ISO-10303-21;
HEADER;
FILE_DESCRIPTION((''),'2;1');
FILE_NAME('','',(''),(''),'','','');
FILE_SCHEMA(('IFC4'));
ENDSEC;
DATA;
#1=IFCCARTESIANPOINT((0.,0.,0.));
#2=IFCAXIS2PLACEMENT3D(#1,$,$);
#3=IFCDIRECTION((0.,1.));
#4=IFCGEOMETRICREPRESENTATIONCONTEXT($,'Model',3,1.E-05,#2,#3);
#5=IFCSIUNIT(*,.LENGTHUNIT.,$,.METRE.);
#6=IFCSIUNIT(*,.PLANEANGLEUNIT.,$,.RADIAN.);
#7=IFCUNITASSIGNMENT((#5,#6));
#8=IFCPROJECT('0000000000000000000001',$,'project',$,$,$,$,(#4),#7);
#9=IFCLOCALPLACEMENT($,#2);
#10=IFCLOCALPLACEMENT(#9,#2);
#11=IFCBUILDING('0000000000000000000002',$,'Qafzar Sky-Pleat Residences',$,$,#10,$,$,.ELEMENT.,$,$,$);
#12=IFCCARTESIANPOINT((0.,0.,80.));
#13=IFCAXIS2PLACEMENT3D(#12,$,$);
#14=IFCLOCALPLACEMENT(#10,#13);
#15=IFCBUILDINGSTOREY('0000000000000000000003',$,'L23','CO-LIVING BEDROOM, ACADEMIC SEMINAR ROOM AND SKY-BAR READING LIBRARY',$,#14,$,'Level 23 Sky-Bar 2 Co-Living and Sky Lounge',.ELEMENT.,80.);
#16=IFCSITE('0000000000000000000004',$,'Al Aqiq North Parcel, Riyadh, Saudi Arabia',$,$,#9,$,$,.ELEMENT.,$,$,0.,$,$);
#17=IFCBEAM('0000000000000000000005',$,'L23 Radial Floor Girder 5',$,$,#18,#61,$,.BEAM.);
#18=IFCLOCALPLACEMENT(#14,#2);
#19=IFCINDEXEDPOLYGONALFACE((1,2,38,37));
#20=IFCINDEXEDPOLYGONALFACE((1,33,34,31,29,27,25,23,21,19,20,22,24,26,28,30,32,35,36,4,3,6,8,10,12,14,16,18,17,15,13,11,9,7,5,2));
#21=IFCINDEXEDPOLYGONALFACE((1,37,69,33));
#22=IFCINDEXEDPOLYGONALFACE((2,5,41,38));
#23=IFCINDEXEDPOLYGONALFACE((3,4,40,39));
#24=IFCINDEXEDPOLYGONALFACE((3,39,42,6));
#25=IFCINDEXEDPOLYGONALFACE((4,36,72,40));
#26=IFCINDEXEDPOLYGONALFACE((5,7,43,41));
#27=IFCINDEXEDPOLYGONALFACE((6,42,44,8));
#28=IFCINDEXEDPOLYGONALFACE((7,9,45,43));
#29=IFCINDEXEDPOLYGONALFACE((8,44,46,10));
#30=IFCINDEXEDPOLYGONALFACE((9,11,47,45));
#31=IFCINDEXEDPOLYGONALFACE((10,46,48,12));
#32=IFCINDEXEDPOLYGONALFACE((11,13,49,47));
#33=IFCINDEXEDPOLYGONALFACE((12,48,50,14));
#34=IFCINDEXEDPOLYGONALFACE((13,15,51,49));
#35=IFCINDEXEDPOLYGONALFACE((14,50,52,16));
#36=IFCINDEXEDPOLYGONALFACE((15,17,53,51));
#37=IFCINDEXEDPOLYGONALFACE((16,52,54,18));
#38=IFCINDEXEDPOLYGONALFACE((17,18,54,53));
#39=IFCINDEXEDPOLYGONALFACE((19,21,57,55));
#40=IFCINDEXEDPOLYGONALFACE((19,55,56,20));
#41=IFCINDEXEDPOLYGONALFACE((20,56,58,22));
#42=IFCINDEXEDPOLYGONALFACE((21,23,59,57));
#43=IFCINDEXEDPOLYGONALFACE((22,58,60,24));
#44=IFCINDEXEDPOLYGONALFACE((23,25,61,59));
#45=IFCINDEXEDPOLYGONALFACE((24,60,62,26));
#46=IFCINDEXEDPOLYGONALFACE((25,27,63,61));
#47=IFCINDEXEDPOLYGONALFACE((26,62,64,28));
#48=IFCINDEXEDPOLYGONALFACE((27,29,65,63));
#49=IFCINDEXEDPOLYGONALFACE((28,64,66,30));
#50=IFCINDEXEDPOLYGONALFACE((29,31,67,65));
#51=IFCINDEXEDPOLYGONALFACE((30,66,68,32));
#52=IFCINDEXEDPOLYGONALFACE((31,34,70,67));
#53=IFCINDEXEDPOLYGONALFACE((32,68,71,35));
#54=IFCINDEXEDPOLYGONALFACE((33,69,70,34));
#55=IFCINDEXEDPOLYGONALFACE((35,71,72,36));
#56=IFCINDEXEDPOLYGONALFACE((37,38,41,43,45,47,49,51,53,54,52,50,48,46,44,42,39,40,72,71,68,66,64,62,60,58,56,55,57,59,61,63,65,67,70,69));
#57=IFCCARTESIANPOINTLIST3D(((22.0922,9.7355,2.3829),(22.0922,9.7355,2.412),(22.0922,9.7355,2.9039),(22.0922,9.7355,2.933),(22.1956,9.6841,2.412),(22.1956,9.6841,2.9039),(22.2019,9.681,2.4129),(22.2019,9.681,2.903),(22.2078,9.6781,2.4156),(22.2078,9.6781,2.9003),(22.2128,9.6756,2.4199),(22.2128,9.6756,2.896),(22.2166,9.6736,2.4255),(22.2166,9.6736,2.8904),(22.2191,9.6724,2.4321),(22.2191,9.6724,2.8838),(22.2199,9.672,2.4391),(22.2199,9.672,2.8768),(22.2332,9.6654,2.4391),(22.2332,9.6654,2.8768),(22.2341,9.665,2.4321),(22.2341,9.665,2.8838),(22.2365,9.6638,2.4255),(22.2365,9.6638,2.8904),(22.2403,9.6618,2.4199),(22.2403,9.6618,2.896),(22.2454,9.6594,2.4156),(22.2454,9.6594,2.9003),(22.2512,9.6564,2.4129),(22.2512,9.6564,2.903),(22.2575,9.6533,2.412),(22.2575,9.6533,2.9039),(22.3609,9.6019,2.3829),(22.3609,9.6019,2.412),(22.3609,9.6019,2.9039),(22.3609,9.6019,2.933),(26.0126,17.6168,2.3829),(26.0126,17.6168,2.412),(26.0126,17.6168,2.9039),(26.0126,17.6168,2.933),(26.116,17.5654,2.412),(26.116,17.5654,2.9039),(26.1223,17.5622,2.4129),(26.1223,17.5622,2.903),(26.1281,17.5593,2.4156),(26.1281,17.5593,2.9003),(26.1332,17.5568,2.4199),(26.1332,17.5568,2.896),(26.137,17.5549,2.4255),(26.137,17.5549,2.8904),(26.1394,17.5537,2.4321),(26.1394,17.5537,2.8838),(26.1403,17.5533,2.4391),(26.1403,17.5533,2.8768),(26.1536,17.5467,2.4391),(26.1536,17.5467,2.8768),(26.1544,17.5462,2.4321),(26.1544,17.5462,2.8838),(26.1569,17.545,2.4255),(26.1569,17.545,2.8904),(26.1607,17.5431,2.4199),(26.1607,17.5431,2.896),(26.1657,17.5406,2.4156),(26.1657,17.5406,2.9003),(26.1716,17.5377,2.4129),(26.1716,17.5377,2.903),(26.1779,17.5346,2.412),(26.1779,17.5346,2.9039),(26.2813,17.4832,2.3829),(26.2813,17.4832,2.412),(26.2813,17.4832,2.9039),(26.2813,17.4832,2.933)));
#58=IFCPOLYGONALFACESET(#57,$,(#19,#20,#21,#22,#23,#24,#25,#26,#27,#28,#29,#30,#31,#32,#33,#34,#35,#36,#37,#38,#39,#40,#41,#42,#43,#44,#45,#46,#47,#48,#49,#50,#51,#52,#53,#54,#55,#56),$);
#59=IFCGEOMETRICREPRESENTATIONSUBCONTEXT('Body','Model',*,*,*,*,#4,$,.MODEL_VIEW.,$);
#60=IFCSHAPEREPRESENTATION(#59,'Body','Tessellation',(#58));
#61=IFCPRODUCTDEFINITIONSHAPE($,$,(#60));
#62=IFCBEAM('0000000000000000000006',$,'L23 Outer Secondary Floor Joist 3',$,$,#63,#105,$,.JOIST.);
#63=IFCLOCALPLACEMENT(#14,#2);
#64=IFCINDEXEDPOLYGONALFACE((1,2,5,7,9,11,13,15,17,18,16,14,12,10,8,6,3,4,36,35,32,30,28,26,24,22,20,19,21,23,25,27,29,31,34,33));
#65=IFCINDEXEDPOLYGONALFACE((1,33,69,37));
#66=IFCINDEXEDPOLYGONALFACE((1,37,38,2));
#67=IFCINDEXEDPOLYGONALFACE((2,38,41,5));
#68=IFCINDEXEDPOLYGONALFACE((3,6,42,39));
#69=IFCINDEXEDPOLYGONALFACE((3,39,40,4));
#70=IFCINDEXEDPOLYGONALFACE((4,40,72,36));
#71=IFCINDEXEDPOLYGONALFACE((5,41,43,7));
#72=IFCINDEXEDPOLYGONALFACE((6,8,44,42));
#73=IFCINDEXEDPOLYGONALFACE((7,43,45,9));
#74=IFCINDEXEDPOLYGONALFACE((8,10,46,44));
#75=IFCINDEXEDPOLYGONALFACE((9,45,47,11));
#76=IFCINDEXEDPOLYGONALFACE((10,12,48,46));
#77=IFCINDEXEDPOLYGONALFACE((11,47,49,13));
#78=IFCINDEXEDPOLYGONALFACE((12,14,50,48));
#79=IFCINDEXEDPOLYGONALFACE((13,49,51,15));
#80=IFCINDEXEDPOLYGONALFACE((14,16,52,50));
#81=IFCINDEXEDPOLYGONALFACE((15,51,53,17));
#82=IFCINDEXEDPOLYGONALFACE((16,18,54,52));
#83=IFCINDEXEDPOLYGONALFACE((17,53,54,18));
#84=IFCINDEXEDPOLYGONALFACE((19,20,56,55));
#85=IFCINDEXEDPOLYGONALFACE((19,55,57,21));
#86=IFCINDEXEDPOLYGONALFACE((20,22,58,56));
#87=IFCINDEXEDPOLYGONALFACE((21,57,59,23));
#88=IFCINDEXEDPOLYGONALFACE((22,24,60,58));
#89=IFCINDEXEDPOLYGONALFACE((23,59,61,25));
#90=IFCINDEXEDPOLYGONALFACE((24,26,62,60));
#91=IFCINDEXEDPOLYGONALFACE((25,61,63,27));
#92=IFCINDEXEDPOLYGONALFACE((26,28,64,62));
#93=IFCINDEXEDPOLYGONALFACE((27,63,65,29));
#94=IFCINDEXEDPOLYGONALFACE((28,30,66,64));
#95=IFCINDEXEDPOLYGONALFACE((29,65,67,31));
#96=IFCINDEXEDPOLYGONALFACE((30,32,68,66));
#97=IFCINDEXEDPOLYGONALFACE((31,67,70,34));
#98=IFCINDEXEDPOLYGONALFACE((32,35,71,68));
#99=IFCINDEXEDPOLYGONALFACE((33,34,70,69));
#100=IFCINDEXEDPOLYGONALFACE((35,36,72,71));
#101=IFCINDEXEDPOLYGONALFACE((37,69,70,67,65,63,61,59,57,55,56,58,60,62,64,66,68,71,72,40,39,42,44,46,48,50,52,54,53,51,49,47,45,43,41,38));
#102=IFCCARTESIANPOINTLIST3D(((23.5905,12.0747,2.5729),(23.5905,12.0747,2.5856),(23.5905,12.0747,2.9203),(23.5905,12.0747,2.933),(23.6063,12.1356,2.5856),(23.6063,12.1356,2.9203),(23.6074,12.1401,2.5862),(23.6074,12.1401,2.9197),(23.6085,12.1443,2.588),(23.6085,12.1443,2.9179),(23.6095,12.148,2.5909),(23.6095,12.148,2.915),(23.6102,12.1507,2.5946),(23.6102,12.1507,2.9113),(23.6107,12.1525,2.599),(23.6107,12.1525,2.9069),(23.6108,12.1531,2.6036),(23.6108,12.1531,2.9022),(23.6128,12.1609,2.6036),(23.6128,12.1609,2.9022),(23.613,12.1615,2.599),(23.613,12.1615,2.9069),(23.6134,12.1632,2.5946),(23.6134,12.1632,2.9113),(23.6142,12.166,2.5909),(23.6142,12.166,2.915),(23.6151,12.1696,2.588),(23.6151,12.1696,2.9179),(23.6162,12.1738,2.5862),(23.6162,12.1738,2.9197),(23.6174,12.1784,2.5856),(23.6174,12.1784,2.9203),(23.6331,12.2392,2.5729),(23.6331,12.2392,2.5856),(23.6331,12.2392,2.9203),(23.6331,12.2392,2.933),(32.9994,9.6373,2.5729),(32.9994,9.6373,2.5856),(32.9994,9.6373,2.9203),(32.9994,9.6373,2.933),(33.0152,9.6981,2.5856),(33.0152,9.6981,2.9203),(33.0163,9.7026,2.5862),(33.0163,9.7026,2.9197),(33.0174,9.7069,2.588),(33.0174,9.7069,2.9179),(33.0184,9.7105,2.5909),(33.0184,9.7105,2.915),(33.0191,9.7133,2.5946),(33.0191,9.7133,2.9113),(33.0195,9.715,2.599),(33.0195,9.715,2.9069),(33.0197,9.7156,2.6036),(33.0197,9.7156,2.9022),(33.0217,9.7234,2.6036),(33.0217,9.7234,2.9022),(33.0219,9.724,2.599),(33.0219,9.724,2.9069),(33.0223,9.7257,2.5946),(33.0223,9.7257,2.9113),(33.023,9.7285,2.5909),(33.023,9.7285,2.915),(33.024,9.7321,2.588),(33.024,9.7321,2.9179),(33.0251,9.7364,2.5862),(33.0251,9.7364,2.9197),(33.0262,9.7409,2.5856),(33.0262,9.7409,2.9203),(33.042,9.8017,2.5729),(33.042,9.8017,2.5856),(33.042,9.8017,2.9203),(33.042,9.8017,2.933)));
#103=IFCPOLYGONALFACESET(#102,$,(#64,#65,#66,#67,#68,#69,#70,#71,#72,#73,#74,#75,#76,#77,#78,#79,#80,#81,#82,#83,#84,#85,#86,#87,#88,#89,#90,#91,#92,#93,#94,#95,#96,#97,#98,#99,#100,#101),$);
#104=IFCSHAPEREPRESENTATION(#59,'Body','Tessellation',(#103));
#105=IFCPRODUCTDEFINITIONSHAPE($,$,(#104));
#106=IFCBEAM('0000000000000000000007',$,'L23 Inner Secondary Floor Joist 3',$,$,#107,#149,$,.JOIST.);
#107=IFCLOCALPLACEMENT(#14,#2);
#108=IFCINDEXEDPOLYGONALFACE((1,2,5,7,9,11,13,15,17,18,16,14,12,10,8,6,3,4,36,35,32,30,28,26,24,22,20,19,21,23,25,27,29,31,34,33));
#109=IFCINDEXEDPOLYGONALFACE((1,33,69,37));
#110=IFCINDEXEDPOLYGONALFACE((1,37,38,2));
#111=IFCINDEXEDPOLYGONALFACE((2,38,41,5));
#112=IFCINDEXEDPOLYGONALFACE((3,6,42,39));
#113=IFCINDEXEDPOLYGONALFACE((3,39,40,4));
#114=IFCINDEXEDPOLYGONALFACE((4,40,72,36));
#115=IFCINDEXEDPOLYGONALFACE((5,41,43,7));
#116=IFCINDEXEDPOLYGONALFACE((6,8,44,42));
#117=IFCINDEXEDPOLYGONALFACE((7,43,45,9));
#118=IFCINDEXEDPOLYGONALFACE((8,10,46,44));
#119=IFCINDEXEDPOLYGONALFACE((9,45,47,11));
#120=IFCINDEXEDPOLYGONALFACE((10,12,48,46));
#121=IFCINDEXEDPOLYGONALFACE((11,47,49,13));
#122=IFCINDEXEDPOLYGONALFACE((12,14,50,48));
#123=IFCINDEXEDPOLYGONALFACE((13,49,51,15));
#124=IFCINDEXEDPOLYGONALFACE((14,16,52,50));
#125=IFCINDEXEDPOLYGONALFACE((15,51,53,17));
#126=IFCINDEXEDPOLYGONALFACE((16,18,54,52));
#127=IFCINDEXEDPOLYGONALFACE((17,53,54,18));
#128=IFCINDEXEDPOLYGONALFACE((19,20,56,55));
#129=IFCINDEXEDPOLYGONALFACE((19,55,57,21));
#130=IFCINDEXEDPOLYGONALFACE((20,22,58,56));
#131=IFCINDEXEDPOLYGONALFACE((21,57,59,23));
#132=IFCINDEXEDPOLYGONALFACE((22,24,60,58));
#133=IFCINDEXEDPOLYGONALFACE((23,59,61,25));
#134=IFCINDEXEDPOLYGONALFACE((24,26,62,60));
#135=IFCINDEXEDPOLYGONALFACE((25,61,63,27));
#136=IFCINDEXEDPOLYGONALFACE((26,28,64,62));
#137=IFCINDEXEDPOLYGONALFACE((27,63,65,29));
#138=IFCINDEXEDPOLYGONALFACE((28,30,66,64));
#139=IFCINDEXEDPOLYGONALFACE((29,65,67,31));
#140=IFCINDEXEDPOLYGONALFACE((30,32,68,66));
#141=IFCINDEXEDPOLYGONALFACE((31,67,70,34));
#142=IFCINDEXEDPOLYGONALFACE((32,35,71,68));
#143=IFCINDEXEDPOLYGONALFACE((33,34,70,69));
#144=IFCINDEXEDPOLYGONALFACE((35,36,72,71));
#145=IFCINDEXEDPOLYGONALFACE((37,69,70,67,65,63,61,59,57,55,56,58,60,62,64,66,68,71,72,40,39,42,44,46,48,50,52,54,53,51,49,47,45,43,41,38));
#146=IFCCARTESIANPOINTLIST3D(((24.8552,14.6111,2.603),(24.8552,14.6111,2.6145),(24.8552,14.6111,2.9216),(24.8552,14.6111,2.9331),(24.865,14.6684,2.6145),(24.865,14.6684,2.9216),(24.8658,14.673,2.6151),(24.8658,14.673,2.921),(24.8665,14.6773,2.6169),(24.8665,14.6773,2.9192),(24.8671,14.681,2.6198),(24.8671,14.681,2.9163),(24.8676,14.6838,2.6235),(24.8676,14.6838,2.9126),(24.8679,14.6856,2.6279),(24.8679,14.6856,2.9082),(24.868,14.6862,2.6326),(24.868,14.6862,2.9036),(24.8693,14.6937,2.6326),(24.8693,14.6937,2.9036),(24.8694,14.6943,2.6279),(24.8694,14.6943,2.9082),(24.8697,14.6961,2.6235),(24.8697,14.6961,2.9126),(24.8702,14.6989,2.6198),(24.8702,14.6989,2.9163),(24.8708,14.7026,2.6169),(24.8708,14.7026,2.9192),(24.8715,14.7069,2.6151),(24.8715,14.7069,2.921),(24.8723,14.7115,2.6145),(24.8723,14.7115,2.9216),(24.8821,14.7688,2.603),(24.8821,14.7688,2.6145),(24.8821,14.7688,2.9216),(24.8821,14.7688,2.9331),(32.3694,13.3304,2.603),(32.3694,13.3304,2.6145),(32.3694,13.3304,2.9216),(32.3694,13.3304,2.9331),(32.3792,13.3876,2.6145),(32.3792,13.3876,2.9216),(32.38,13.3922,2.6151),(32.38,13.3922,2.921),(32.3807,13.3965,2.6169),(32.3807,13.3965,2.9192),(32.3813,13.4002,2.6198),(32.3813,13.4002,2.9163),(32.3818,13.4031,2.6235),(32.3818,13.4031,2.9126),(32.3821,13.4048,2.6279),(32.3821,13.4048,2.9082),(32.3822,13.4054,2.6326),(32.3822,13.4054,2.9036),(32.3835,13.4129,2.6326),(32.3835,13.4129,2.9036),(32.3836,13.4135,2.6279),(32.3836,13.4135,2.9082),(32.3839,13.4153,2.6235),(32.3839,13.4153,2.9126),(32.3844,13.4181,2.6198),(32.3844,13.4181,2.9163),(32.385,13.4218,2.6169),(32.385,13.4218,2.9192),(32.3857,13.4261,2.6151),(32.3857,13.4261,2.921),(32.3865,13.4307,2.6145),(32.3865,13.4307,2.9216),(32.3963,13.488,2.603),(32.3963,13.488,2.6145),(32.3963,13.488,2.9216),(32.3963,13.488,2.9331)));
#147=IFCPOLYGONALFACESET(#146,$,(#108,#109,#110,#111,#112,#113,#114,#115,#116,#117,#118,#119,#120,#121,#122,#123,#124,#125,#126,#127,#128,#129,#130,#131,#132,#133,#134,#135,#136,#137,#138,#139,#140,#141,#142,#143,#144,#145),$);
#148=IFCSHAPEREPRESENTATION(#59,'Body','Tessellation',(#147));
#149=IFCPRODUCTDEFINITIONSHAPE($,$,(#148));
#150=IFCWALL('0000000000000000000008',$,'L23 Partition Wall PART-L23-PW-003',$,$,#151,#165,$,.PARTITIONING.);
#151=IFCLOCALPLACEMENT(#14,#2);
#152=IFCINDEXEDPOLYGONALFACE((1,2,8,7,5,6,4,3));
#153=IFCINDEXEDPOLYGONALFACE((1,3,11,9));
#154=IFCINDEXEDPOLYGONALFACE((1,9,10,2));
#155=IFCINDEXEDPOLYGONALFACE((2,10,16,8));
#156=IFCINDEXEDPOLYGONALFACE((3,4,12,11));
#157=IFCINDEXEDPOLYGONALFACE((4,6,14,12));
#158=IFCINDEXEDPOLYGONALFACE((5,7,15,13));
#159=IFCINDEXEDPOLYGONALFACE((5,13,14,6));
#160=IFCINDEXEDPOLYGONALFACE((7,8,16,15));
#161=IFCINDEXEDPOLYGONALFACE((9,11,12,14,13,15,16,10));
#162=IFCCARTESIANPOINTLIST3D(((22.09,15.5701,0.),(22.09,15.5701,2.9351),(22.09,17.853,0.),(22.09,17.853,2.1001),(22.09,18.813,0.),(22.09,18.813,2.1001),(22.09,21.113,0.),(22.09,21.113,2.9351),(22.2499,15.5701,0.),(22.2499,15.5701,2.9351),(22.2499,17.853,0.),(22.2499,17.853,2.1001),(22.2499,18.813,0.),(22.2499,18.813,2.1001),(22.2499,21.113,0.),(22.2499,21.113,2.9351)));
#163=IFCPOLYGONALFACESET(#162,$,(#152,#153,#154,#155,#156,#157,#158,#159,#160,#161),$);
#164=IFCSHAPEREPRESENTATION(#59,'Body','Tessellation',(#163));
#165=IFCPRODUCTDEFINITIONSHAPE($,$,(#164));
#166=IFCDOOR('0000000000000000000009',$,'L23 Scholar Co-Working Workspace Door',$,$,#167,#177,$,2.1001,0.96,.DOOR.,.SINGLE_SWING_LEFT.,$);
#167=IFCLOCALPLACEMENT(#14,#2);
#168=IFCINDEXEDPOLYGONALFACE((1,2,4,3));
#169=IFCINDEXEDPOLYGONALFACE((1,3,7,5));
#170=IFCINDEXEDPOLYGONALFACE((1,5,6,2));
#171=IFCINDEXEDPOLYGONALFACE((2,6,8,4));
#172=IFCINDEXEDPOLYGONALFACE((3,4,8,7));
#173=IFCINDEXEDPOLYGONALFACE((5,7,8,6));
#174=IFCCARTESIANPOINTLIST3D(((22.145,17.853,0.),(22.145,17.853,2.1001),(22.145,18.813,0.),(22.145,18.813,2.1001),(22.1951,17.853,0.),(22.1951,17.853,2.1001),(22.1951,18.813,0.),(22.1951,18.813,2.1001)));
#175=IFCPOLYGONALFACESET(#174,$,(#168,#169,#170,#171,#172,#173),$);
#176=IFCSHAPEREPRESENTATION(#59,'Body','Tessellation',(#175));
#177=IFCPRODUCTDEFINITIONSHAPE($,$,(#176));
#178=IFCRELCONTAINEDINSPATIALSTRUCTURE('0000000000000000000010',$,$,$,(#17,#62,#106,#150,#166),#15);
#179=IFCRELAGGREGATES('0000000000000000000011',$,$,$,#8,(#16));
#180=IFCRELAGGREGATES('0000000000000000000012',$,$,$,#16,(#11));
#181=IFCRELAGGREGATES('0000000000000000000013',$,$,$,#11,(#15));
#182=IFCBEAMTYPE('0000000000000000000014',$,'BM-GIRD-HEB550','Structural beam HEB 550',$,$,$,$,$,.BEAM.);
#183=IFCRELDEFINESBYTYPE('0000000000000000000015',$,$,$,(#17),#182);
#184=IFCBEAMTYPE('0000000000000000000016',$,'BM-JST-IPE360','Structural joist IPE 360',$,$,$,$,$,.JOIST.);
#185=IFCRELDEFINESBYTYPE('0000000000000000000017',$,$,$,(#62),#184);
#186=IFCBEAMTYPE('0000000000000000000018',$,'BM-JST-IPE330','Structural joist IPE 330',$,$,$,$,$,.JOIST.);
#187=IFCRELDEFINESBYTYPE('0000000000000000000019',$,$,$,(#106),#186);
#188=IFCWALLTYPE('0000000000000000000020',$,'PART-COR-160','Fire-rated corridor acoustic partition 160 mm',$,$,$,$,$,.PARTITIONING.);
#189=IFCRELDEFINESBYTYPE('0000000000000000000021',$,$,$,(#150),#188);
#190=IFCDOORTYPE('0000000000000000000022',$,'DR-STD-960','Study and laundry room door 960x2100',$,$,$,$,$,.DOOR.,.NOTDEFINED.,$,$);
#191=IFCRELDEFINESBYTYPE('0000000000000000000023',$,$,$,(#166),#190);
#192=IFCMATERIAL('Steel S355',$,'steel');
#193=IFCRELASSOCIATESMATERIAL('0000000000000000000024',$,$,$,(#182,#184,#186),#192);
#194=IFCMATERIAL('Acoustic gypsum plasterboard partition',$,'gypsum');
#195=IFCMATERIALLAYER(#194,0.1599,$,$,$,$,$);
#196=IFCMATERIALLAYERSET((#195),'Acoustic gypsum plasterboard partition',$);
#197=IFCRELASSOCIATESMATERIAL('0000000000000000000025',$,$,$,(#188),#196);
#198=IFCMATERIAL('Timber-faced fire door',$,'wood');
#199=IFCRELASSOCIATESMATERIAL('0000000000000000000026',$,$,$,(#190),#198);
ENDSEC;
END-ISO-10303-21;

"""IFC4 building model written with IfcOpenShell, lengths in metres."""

from ifc_helpers import new_model, si_unit, direction, frame, frame_2d, origin, origin_2d, place, context, subcontext, project, spatial, rectangle, i_section, extrude, source, transform, mapped, material, layer, layer_set, material_profile, profile_set, type_object, element, fill, save


model = new_model("IFC4")

# Units and contexts
model_context = context("Model", 3, precision=1e-05, world=origin(), true_north=direction((0.0, 1.0)))
body_context = subcontext(model_context, "Body", "Model", "MODEL_VIEW")
ifc_project = project(units=[si_unit("LENGTHUNIT", "METRE"), si_unit("PLANEANGLEUNIT", "RADIAN")], contexts=[model_context])

# Site, building, storey
site_placement = place(None, origin())
site = spatial("IfcSite", under=ifc_project, at=site_placement, Name="Al Aqiq North Parcel, Riyadh, Saudi Arabia", CompositionType="ELEMENT", RefElevation=0.0)
building_placement = place(site_placement, origin())
building = spatial("IfcBuilding", under=site, at=building_placement, Name="Qafzar Sky-Pleat Residences", CompositionType="ELEMENT")
storey_placement = place(building_placement, frame((0.0, 0.0, 80.0)))
storey = spatial("IfcBuildingStorey", under=building, at=storey_placement, Name="L23", Description="CO-LIVING BEDROOM, ACADEMIC SEMINAR ROOM AND SKY-BAR READING LIBRARY", LongName="Level 23 Sky-Bar 2 Co-Living and Sky Lounge", CompositionType="ELEMENT", Elevation=80.0)

# Beams
ifc_material_1 = material(Name="Steel S355", Category="steel")
ifc_material_profile_1 = material_profile(ifc_material_1, i_section(OverallWidth=0.3, OverallDepth=0.55, WebThickness=0.0149, FlangeThickness=0.0291, FilletRadius=0.0271, at=origin_2d()), Name="HEB 550")
ifc_profile_set_1 = profile_set([ifc_material_profile_1], Name="Steel S355")
beam_type_1 = type_object("IfcBeamType", Name="BM-GIRD-HEB550", Description="Structural beam HEB 550", PredefinedType="BEAM", material=ifc_profile_set_1)
shared_shape_1 = source(origin(), body_context, "Body", "SweptSolid", [
    extrude(i_section(OverallWidth=0.3, OverallDepth=0.55, WebThickness=0.0149, FlangeThickness=0.0291, FilletRadius=0.0271, at=origin_2d()), origin(), (0.0, 0.0, 1.0), 8.8025),
])
beam_1_placement = place(storey_placement, frame((22.2266, 9.6687, 2.658), z_axis=(0.445371, 0.895346, 0.0), x_axis=(-0.895346, 0.445371, 0.0)))
element("IfcBeam", 1, at=beam_1_placement, inside=storey, type_object=beam_type_1, Name="L23 Radial Floor Girder 5", PredefinedType="BEAM", context=body_context, shape_type="MappedRepresentation", body=[
    mapped(shared_shape_1, transform((0.0, 0.0, 0.0), x_axis=(1.0, 0.0, 0.0), y_axis=(0.0, 1.0, 0.0), z_axis=(0.0, 0.0, 1.0), scale=1.0)),
])
ifc_material_profile_2 = material_profile(ifc_material_1, i_section(OverallWidth=0.1699, OverallDepth=0.3601, WebThickness=0.0081, FlangeThickness=0.0127, FilletRadius=0.0181, at=origin_2d()), Name="IPE 360")
ifc_profile_set_2 = profile_set([ifc_material_profile_2], Name="Steel S355")
beam_type_2 = type_object("IfcBeamType", Name="BM-JST-IPE360", Description="Structural joist IPE 360", PredefinedType="JOIST", material=ifc_profile_set_2)
shared_shape_2 = source(origin(), body_context, "Body", "SweptSolid", [
    extrude(i_section(OverallWidth=0.1699, OverallDepth=0.3601, WebThickness=0.0081, FlangeThickness=0.0127, FilletRadius=0.0181, at=origin_2d()), origin(), (0.0, 0.0, 1.0), 9.7195),
])
beam_2_placement = place(storey_placement, frame((23.6118, 12.157, 2.7529), z_axis=(0.968043, -0.250783, 0.0), x_axis=(0.250783, 0.968043, 0.0)))
element("IfcBeam", 2, at=beam_2_placement, inside=storey, type_object=beam_type_2, Name="L23 Outer Secondary Floor Joist 3", PredefinedType="JOIST", context=body_context, shape_type="MappedRepresentation", body=[
    mapped(shared_shape_2, transform((0.0, 0.0, 0.0), x_axis=(1.0, 0.0, 0.0), y_axis=(0.0, 1.0, 0.0), z_axis=(0.0, 0.0, 1.0), scale=1.0)),
])
ifc_material_profile_3 = material_profile(ifc_material_1, i_section(OverallWidth=0.1599, OverallDepth=0.3301, WebThickness=0.0076, FlangeThickness=0.0115, FilletRadius=0.0181, at=origin_2d()), Name="IPE 330")
ifc_profile_set_3 = profile_set([ifc_material_profile_3], Name="Steel S355")
beam_type_3 = type_object("IfcBeamType", Name="BM-JST-IPE330", Description="Structural joist IPE 330", PredefinedType="JOIST", material=ifc_profile_set_3)
shared_shape_3 = source(origin(), body_context, "Body", "SweptSolid", [
    extrude(i_section(OverallWidth=0.1599, OverallDepth=0.3301, WebThickness=0.0076, FlangeThickness=0.0115, FilletRadius=0.0181, at=origin_2d()), origin(), (0.0, 0.0, 1.0), 7.6226),
])
beam_3_placement = place(storey_placement, frame((24.8687, 14.6899, 2.7681), z_axis=(0.985783, -0.168023, 0.0), x_axis=(0.168023, 0.985783, 0.0)))
element("IfcBeam", 3, at=beam_3_placement, inside=storey, type_object=beam_type_3, Name="L23 Inner Secondary Floor Joist 3", PredefinedType="JOIST", context=body_context, shape_type="MappedRepresentation", body=[
    mapped(shared_shape_3, transform((0.0, 0.0, 0.0), x_axis=(1.0, 0.0, 0.0), y_axis=(0.0, 1.0, 0.0), z_axis=(0.0, 0.0, 1.0), scale=1.0)),
])

# Wall, opening, door
ifc_material_2 = material(Name="Acoustic gypsum plasterboard partition", Category="gypsum")
ifc_layer_1 = layer(ifc_material_2, 0.1599)
ifc_layer_set_1 = layer_set([ifc_layer_1], Name="Acoustic gypsum plasterboard partition")
wall_type_1 = type_object("IfcWallType", Name="PART-COR-160", Description="Fire-rated corridor acoustic partition 160 mm", PredefinedType="PARTITIONING", material=ifc_layer_set_1)
wall_1_placement = place(storey_placement, frame((22.1699, 15.5701, 0.0), z_axis=(0.0, 0.0, 1.0), x_axis=(0.0, 1.0, 0.0)))
wall_1 = element("IfcWall", 4, at=wall_1_placement, inside=storey, type_object=wall_type_1, Name="L23 Partition Wall PART-L23-PW-003", PredefinedType="PARTITIONING", context=body_context, shape_type="SweptSolid", body=[
    extrude(rectangle(XDim=5.543, YDim=0.1599, at=frame_2d((2.7715, 0.0))), origin(), (0.0, 0.0, 1.0), 2.9351),
])
opening_1_placement = place(wall_1_placement, frame((2.283, 0.0, 0.0)))
opening_1 = element("IfcOpeningElement", 5, at=opening_1_placement, cuts=wall_1, PredefinedType="OPENING", context=body_context, shape_type="SweptSolid", body=[
    extrude(rectangle(XDim=0.96, YDim=2.1001, at=frame_2d((0.48, 1.05))), frame((0.0, 0.0898, 0.0), z_axis=(0.0, -1.0, 0.0), x_axis=(1.0, 0.0, 0.0)), (0.0, 0.0, 1.0), 0.1799),
])
ifc_material_3 = material(Name="Timber-faced fire door", Category="wood")
door_type_1 = type_object("IfcDoorType", Name="DR-STD-960", Description="Study and laundry room door 960x2100", OperationType="NOTDEFINED", PredefinedType="DOOR", material=ifc_material_3)
shared_shape_4 = source(origin(), body_context, "Body", "SweptSolid", [
    extrude(rectangle(XDim=0.96, YDim=2.1001, at=frame_2d((0.48, 1.05))), frame((0.0, 0.0249, 0.0), z_axis=(0.0, -1.0, 0.0), x_axis=(1.0, 0.0, 0.0)), (0.0, 0.0, 1.0), 0.05),
])
door_1_placement = place(opening_1_placement, origin())
door_1 = element("IfcDoor", 6, at=door_1_placement, inside=storey, type_object=door_type_1, Name="L23 Scholar Co-Working Workspace Door", OperationType="SINGLE_SWING_LEFT", OverallHeight=2.1001, OverallWidth=0.96, PredefinedType="DOOR", context=body_context, shape_type="MappedRepresentation", body=[
    mapped(shared_shape_4, transform((0.0, 0.0, 0.0), x_axis=(1.0, 0.0, 0.0), y_axis=(0.0, 1.0, 0.0), z_axis=(0.0, 0.0, 1.0), scale=1.0)),
])
fill(opening_1, door_1)

save(model, "model.ifc")
